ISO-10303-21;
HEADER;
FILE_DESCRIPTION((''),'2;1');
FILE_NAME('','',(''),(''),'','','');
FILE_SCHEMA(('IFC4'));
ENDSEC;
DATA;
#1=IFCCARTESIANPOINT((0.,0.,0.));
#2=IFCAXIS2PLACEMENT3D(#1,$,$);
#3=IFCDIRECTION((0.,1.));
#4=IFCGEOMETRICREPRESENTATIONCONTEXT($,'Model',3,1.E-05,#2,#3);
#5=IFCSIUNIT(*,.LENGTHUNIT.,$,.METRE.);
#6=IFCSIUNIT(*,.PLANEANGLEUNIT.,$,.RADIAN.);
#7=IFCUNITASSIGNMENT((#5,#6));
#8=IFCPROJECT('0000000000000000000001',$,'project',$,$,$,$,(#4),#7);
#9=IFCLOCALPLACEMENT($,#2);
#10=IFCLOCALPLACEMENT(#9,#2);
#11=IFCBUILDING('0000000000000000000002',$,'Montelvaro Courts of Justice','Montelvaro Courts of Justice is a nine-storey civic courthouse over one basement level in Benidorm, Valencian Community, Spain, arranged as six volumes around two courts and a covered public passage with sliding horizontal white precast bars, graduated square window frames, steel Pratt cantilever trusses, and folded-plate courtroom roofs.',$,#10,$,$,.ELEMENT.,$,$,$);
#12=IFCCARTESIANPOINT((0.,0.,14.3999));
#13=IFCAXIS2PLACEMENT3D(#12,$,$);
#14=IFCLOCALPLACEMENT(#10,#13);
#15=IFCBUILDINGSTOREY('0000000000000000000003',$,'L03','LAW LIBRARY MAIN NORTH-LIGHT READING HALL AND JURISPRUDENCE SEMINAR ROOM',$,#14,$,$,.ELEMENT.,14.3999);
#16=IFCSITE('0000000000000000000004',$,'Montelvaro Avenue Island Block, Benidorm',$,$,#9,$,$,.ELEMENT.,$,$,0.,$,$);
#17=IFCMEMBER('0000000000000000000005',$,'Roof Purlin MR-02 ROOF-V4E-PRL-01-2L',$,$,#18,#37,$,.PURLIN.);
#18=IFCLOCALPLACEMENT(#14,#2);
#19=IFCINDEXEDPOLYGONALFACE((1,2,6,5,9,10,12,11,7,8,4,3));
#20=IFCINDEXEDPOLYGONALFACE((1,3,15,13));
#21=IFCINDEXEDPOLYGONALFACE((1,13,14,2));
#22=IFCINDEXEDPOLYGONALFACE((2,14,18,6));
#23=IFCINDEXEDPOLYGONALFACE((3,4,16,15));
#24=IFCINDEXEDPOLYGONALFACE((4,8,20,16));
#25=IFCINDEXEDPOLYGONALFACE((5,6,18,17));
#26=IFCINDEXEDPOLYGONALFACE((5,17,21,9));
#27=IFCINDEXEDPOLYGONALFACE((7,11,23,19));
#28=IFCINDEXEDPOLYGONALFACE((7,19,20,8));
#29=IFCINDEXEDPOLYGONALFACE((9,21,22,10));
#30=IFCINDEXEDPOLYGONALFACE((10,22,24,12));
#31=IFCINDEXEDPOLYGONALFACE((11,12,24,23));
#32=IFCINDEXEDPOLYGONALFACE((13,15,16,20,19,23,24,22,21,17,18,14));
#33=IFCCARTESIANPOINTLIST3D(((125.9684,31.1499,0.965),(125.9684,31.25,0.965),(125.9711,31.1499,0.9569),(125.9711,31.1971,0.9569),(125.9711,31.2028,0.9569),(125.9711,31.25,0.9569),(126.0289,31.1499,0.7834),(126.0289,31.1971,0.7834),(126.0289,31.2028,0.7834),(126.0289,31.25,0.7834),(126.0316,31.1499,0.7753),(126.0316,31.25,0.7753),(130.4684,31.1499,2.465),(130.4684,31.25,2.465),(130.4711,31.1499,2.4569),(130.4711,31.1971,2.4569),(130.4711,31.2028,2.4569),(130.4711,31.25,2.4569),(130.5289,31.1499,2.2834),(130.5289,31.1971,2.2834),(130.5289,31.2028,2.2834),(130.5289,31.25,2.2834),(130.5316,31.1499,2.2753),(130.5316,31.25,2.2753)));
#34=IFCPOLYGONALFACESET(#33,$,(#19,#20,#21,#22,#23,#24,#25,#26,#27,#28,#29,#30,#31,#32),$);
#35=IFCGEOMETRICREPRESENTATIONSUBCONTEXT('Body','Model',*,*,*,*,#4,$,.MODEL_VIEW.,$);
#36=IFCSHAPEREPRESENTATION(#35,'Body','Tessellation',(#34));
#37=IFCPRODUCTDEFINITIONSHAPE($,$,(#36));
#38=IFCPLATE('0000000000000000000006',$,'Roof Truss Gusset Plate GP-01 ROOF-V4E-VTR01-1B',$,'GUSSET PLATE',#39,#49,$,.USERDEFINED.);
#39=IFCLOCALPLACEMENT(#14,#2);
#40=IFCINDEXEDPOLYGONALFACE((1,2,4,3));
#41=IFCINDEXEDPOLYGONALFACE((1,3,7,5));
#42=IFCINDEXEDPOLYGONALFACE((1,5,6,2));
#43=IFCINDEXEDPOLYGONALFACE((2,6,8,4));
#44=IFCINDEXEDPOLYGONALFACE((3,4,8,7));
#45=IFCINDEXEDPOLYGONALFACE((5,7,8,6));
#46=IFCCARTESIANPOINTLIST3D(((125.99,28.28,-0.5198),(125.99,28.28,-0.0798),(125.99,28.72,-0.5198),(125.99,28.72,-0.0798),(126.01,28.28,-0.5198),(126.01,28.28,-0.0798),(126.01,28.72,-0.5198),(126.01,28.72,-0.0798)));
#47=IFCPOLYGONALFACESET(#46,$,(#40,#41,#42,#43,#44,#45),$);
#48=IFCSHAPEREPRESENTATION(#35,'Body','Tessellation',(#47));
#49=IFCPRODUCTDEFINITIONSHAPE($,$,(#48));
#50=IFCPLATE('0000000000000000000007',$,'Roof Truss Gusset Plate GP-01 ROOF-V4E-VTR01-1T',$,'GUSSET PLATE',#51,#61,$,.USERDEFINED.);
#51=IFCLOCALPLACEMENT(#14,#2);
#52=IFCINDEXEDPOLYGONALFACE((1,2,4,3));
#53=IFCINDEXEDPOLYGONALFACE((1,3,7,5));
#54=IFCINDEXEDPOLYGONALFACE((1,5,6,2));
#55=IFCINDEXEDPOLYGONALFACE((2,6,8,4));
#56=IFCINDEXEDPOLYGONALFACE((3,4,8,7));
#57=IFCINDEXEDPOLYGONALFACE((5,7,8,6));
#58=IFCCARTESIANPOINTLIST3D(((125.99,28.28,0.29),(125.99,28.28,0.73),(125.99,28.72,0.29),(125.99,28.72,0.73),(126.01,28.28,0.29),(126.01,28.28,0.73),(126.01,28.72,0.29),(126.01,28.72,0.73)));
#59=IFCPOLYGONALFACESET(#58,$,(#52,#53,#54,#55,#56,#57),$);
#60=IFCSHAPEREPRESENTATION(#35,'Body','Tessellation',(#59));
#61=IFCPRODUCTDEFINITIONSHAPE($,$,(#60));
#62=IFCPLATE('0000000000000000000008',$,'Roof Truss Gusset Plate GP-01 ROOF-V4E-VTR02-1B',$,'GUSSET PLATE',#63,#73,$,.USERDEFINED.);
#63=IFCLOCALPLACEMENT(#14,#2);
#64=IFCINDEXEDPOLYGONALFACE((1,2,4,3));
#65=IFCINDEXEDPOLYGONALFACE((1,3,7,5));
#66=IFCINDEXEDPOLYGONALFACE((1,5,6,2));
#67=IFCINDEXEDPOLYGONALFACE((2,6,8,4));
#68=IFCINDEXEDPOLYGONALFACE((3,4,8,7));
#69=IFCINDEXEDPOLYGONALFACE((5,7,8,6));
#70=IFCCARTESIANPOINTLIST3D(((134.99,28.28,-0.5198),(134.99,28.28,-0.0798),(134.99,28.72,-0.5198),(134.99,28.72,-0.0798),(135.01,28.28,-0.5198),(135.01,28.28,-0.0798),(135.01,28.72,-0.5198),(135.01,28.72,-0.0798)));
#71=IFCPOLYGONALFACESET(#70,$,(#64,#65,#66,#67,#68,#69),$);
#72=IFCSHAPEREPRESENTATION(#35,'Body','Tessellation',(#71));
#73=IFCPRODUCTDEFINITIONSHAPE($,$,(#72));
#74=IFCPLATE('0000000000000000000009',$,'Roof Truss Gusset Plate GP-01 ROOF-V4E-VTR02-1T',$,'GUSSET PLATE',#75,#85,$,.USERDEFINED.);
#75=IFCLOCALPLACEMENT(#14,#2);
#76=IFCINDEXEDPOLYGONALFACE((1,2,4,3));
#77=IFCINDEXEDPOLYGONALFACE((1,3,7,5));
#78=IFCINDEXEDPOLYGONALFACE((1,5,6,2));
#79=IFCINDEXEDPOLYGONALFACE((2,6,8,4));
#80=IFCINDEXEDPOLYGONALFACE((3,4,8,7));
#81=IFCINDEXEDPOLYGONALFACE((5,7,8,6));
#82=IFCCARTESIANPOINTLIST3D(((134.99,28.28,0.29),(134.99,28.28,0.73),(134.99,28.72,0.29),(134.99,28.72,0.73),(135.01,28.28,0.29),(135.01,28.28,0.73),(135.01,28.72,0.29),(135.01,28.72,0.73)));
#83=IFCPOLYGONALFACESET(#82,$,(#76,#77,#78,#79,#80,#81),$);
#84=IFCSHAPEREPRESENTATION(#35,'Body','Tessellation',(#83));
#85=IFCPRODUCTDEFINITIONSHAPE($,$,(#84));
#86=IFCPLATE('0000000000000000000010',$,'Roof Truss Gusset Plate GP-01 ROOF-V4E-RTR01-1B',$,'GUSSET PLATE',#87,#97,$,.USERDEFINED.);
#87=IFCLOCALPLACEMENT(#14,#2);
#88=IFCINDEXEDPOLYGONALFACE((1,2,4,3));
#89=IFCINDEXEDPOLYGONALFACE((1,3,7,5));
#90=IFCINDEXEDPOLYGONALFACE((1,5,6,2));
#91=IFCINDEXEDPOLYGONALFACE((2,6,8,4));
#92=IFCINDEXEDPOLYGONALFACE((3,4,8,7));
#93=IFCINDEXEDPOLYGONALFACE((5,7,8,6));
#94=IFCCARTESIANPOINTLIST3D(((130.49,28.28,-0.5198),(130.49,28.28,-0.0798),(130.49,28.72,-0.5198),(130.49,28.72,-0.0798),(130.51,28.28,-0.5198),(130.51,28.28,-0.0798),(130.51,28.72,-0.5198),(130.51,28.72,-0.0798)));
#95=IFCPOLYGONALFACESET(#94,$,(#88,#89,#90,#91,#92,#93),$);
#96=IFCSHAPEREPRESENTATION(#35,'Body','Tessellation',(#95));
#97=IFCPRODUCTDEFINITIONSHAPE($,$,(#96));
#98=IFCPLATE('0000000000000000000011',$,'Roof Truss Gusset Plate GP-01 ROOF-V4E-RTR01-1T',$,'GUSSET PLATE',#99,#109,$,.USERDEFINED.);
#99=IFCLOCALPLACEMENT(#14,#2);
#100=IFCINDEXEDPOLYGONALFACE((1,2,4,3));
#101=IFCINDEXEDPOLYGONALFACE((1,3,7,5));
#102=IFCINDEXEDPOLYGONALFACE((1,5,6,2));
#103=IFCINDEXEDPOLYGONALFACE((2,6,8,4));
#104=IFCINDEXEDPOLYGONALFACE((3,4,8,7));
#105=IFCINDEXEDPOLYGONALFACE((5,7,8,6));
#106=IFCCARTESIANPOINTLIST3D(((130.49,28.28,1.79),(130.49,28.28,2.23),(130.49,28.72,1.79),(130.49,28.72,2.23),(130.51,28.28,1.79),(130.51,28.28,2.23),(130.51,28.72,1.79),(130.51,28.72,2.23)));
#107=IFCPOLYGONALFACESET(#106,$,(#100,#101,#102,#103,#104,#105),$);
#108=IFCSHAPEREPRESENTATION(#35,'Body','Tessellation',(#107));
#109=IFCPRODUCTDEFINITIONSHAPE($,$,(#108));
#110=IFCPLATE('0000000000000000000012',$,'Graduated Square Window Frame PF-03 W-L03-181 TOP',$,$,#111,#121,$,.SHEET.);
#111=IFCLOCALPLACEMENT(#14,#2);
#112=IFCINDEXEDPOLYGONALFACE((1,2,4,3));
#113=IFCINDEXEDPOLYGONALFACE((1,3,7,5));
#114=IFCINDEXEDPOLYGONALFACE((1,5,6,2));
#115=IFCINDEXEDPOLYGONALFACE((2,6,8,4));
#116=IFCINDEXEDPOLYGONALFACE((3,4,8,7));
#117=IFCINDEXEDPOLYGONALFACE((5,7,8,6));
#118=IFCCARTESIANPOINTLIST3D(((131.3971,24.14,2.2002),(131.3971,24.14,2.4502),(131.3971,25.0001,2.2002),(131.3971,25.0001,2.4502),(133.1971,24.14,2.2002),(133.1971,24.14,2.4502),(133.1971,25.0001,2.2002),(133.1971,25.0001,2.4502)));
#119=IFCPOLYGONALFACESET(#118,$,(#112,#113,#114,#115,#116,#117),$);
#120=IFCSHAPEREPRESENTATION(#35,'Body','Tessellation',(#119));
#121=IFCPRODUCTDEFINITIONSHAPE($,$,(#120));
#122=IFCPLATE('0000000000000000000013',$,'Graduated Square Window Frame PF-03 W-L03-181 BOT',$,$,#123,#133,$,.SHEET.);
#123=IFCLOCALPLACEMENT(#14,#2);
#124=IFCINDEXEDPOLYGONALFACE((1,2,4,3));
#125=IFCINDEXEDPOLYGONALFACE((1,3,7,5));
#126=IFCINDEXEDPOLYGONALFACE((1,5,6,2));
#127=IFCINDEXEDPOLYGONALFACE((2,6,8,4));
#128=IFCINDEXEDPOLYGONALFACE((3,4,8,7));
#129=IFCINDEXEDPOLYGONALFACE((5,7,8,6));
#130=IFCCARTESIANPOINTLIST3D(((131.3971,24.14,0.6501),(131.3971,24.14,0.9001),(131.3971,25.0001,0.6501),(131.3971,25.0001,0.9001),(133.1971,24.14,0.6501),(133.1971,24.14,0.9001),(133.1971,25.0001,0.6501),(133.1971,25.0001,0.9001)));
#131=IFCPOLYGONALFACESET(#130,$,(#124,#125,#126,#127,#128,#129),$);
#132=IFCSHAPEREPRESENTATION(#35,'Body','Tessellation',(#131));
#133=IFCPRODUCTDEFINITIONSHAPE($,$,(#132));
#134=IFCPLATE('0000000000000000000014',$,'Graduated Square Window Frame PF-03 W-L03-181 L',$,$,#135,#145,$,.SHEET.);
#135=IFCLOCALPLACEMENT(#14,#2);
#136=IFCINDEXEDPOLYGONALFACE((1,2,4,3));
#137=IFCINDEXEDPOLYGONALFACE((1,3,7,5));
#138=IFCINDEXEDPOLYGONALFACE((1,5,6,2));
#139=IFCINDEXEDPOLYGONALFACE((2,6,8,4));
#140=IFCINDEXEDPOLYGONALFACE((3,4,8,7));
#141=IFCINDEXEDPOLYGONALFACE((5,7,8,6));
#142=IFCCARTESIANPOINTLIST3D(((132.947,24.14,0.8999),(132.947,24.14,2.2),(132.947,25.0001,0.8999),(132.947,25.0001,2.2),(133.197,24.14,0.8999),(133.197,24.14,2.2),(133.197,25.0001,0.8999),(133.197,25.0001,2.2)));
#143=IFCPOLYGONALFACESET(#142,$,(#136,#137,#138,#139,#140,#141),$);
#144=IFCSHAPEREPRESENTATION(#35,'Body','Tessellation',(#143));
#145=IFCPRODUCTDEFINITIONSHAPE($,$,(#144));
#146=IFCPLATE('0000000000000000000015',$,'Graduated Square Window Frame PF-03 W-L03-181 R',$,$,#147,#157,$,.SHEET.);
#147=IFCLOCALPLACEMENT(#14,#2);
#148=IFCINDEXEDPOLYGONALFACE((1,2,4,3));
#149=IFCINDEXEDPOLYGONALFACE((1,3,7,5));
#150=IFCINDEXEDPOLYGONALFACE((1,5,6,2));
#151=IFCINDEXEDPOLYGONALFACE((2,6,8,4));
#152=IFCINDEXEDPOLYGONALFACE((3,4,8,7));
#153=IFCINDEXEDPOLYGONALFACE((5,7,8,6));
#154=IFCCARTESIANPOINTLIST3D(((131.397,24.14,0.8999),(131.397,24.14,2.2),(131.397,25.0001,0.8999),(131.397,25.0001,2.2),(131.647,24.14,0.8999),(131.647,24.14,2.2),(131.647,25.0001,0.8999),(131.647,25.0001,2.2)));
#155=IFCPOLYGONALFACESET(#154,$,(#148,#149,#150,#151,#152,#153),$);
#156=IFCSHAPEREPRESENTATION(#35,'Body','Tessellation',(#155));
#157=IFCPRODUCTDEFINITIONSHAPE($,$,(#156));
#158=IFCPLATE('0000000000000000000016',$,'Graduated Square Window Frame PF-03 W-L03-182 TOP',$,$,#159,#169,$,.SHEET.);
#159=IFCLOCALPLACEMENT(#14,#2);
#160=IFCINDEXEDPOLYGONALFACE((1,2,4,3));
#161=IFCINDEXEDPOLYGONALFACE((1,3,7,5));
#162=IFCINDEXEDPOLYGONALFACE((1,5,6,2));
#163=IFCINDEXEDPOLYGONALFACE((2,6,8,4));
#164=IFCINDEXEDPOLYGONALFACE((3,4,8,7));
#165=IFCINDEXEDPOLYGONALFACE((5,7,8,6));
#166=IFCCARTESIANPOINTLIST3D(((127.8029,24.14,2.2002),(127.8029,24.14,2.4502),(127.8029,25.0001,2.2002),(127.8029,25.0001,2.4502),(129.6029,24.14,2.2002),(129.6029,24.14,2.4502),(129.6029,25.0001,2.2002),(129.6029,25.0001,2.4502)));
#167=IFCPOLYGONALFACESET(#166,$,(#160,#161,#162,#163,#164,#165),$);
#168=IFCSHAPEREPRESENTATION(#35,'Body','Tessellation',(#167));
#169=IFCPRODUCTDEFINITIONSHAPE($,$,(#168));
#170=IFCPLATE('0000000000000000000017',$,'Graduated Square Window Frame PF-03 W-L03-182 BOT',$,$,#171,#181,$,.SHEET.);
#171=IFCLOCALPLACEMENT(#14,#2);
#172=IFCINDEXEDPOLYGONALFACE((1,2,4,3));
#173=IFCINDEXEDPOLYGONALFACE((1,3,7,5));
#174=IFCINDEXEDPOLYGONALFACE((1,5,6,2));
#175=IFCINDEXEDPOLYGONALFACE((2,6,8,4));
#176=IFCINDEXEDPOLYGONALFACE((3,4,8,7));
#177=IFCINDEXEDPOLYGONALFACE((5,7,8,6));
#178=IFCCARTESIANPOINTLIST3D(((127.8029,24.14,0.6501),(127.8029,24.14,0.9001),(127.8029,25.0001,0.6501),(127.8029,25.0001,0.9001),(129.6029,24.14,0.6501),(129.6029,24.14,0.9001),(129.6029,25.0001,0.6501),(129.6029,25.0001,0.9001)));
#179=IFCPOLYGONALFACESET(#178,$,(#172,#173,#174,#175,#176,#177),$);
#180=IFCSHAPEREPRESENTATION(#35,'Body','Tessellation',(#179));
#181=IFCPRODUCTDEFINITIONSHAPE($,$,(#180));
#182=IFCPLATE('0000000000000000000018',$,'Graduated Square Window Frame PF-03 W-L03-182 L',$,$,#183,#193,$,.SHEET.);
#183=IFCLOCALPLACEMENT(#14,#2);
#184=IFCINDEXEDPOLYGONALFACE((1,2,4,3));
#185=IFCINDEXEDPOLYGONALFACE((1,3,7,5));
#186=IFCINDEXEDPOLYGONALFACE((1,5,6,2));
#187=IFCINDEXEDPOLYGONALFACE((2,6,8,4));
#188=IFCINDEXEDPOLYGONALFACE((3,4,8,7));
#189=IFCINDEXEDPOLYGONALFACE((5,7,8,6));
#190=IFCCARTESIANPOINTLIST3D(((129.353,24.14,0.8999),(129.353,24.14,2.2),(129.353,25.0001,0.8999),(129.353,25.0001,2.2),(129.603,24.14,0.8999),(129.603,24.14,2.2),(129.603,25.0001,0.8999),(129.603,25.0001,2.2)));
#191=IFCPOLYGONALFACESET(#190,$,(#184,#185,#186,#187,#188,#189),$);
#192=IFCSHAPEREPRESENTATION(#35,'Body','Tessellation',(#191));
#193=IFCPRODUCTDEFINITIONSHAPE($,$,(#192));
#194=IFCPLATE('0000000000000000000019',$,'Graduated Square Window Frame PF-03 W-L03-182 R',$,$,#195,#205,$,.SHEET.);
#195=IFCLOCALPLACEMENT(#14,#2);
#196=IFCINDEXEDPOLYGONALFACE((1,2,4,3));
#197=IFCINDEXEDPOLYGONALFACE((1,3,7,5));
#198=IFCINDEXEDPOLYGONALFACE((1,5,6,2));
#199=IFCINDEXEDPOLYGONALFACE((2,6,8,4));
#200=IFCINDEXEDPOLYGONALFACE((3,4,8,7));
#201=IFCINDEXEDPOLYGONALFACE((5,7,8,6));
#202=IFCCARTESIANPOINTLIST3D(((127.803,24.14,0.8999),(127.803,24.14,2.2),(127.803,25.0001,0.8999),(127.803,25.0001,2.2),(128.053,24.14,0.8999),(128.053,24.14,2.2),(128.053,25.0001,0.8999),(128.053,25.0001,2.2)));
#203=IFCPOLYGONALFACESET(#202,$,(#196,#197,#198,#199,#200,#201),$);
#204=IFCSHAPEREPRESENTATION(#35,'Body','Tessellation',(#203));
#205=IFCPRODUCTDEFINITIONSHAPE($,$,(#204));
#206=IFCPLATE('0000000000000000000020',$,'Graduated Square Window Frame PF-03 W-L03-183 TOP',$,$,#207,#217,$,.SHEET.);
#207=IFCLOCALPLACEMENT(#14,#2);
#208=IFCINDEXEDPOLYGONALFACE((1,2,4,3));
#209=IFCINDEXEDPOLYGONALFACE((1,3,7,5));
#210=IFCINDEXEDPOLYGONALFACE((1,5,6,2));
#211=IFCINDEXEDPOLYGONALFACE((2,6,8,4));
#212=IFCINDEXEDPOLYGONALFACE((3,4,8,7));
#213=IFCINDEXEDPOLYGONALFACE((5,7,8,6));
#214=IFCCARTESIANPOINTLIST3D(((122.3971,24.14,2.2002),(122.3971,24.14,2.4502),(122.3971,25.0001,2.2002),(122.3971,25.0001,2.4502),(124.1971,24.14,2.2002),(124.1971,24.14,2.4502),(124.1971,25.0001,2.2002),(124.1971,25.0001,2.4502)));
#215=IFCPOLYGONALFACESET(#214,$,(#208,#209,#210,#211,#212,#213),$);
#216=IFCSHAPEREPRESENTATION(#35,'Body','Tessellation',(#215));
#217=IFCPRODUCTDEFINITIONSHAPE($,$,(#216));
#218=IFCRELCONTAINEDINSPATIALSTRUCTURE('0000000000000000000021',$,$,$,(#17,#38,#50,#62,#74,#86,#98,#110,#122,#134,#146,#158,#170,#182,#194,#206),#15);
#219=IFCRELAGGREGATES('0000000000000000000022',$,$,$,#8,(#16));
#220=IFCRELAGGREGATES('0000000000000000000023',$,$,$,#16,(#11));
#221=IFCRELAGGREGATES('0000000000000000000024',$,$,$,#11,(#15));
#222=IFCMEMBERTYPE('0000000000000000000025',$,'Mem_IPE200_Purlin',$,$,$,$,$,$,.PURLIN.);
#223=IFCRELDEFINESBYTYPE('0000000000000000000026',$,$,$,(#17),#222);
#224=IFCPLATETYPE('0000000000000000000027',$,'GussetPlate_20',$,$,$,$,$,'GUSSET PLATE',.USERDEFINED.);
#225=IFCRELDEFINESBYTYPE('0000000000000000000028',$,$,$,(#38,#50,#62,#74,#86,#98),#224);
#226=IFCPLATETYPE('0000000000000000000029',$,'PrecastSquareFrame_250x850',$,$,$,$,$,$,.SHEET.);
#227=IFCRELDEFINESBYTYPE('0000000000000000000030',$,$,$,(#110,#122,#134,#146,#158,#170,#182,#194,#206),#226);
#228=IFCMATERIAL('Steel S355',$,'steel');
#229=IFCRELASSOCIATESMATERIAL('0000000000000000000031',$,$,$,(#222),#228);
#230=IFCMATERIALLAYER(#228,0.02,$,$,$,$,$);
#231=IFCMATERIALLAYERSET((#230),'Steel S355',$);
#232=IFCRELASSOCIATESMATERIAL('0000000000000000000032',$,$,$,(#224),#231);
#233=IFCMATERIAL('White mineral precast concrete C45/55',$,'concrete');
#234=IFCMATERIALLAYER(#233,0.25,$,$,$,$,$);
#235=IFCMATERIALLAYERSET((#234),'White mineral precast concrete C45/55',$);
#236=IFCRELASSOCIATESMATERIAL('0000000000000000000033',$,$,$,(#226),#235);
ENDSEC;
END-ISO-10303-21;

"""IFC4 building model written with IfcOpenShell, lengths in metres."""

from ifc_helpers import new_model, si_unit, direction, frame, origin, origin_2d, place, context, subcontext, project, spatial, rectangle, i_section, extrude, material, layer, layer_set, material_profile, profile_set, type_object, element, save


model = new_model("IFC4")

# Units and contexts
model_context = context("Model", 3, precision=1e-05, world=origin(), true_north=direction((0.0, 1.0)))
body_context = subcontext(model_context, "Body", "Model", "MODEL_VIEW")
ifc_project = project(units=[si_unit("LENGTHUNIT", "METRE"), si_unit("PLANEANGLEUNIT", "RADIAN")], contexts=[model_context])

# Site, building, storey
site_placement = place(None, origin())
site = spatial("IfcSite", under=ifc_project, at=site_placement, Name="Montelvaro Avenue Island Block, Benidorm", CompositionType="ELEMENT", RefElevation=0.0)
building_placement = place(site_placement, origin())
building = spatial("IfcBuilding", under=site, at=building_placement, Name="Montelvaro Courts of Justice", Description="Montelvaro Courts of Justice is a nine-storey civic courthouse over one basement level in Benidorm, Valencian Community, Spain, arranged as six volumes around two courts and a covered public passage with sliding horizontal white precast bars, graduated square window frames, steel Pratt cantilever trusses, and folded-plate courtroom roofs.", CompositionType="ELEMENT")
storey_placement = place(building_placement, frame((0.0, 0.0, 14.3999)))
storey = spatial("IfcBuildingStorey", under=building, at=storey_placement, Name="L03", Description="LAW LIBRARY MAIN NORTH-LIGHT READING HALL AND JURISPRUDENCE SEMINAR ROOM", CompositionType="ELEMENT", Elevation=14.3999)

# Member
ifc_material_1 = material(Name="Steel S355", Category="steel")
ifc_material_profile_1 = material_profile(ifc_material_1, i_section(OverallWidth=0.1001, OverallDepth=0.2, WebThickness=0.0056, FlangeThickness=0.0085, at=origin_2d()), Name="IPE 200")
ifc_profile_set_1 = profile_set([ifc_material_profile_1], Name="Steel S355")
member_type_1 = type_object("IfcMemberType", Name="Mem_IPE200_Purlin", PredefinedType="PURLIN", material=ifc_profile_set_1)
member_1_placement = place(storey_placement, frame((126.0, 31.2, 0.8701), z_axis=(0.948683, 0.0, 0.316228), x_axis=(0.0, 1.0, 0.0)))
element("IfcMember", 1, at=member_1_placement, inside=storey, type_object=member_type_1, Name="Roof Purlin MR-02 ROOF-V4E-PRL-01-2L", PredefinedType="PURLIN", context=body_context, shape_type="SweptSolid", body=[
    extrude(i_section(OverallWidth=0.1001, OverallDepth=0.2, WebThickness=0.0056, FlangeThickness=0.0085, at=origin_2d()), origin(), (0.0, 0.0, 1.0), 4.7434),
])

# Plates
ifc_layer_1 = layer(ifc_material_1, 0.02)
ifc_layer_set_1 = layer_set([ifc_layer_1], Name="Steel S355")
plate_type_1 = type_object("IfcPlateType", Name="GussetPlate_20", ElementType="GUSSET PLATE", PredefinedType="USERDEFINED", material=ifc_layer_set_1)
for number, where, z_axis, x_axis, name in (
    (2, (126.0, 28.5, -0.5198), (0.0, 0.0, 1.0), (1.0, 0.0, 0.0), "Roof Truss Gusset Plate GP-01 ROOF-V4E-VTR01-1B"),
    (3, (126.0, 28.5, 0.29), (0.0, 0.0, 1.0), (1.0, 0.0, 0.0), "Roof Truss Gusset Plate GP-01 ROOF-V4E-VTR01-1T"),
    (4, (135.0, 28.5, -0.5198), (0.0, 0.0, 1.0), (1.0, 0.0, 0.0), "Roof Truss Gusset Plate GP-01 ROOF-V4E-VTR02-1B"),
    (5, (135.0, 28.5, 0.29), (0.0, 0.0, 1.0), (1.0, 0.0, 0.0), "Roof Truss Gusset Plate GP-01 ROOF-V4E-VTR02-1T"),
    (6, (130.5, 28.5, -0.5198), (0.0, 0.0, 1.0), (1.0, 0.0, 0.0), "Roof Truss Gusset Plate GP-01 ROOF-V4E-RTR01-1B"),
    (7, (130.5, 28.5, 1.79), (0.0, 0.0, 1.0), (1.0, 0.0, 0.0), "Roof Truss Gusset Plate GP-01 ROOF-V4E-RTR01-1T"),
):
    element("IfcPlate", number, at=place(storey_placement, frame(where, z_axis=z_axis, x_axis=x_axis)), inside=storey, type_object=plate_type_1, Name=name, ObjectType="GUSSET PLATE", PredefinedType="USERDEFINED", context=body_context, shape_type="SweptSolid", body=[
        extrude(rectangle(XDim=0.02, YDim=0.4399, at=origin_2d()), origin(), (0.0, 0.0, 1.0), 0.4399),
    ])
ifc_material_2 = material(Name="White mineral precast concrete C45/55", Category="concrete")
ifc_layer_2 = layer(ifc_material_2, 0.25)
ifc_layer_set_2 = layer_set([ifc_layer_2], Name="White mineral precast concrete C45/55")
plate_type_2 = type_object("IfcPlateType", Name="PrecastSquareFrame_250x850", PredefinedType="SHEET", material=ifc_layer_set_2)
for number, where, z_axis, x_axis, name in (
    (8, (132.2971, 24.5701, 2.2002), (0.0, 0.0, 1.0), (-1.0, 0.0, 0.0), "Graduated Square Window Frame PF-03 W-L03-181 TOP"),
    (9, (132.2971, 24.5701, 0.6501), (0.0, 0.0, 1.0), (-1.0, 0.0, 0.0), "Graduated Square Window Frame PF-03 W-L03-181 BOT"),
):
    element("IfcPlate", number, at=place(storey_placement, frame(where, z_axis=z_axis, x_axis=x_axis)), inside=storey, type_object=plate_type_2, Name=name, PredefinedType="SHEET", context=body_context, shape_type="SweptSolid", body=[
        extrude(rectangle(XDim=1.8, YDim=0.8601, at=origin_2d()), origin(), (0.0, 0.0, 1.0), 0.25),
    ])
for number, where, z_axis, x_axis, name in (
    (10, (133.072, 24.5701, 0.8999), (0.0, 0.0, 1.0), (-1.0, 0.0, 0.0), "Graduated Square Window Frame PF-03 W-L03-181 L"),
    (11, (131.522, 24.5701, 0.8999), (0.0, 0.0, 1.0), (-1.0, 0.0, 0.0), "Graduated Square Window Frame PF-03 W-L03-181 R"),
):
    element("IfcPlate", number, at=place(storey_placement, frame(where, z_axis=z_axis, x_axis=x_axis)), inside=storey, type_object=plate_type_2, Name=name, PredefinedType="SHEET", context=body_context, shape_type="SweptSolid", body=[
        extrude(rectangle(XDim=0.25, YDim=0.8601, at=origin_2d()), origin(), (0.0, 0.0, 1.0), 1.3),
    ])
for number, where, z_axis, x_axis, name in (
    (12, (128.7029, 24.5701, 2.2002), (0.0, 0.0, 1.0), (-1.0, 0.0, 0.0), "Graduated Square Window Frame PF-03 W-L03-182 TOP"),
    (13, (128.7029, 24.5701, 0.6501), (0.0, 0.0, 1.0), (-1.0, 0.0, 0.0), "Graduated Square Window Frame PF-03 W-L03-182 BOT"),
):
    element("IfcPlate", number, at=place(storey_placement, frame(where, z_axis=z_axis, x_axis=x_axis)), inside=storey, type_object=plate_type_2, Name=name, PredefinedType="SHEET", context=body_context, shape_type="SweptSolid", body=[
        extrude(rectangle(XDim=1.8, YDim=0.8601, at=origin_2d()), origin(), (0.0, 0.0, 1.0), 0.25),
    ])
for number, where, z_axis, x_axis, name in (
    (14, (129.478, 24.5701, 0.8999), (0.0, 0.0, 1.0), (-1.0, 0.0, 0.0), "Graduated Square Window Frame PF-03 W-L03-182 L"),
    (15, (127.928, 24.5701, 0.8999), (0.0, 0.0, 1.0), (-1.0, 0.0, 0.0), "Graduated Square Window Frame PF-03 W-L03-182 R"),
):
    element("IfcPlate", number, at=place(storey_placement, frame(where, z_axis=z_axis, x_axis=x_axis)), inside=storey, type_object=plate_type_2, Name=name, PredefinedType="SHEET", context=body_context, shape_type="SweptSolid", body=[
        extrude(rectangle(XDim=0.25, YDim=0.8601, at=origin_2d()), origin(), (0.0, 0.0, 1.0), 1.3),
    ])
for number, where, z_axis, x_axis, name in (
    (16, (123.2971, 24.5701, 2.2002), (0.0, 0.0, 1.0), (-1.0, 0.0, 0.0), "Graduated Square Window Frame PF-03 W-L03-183 TOP"),
):
    element("IfcPlate", number, at=place(storey_placement, frame(where, z_axis=z_axis, x_axis=x_axis)), inside=storey, type_object=plate_type_2, Name=name, PredefinedType="SHEET", context=body_context, shape_type="SweptSolid", body=[
        extrude(rectangle(XDim=1.8, YDim=0.8601, at=origin_2d()), origin(), (0.0, 0.0, 1.0), 0.25),
    ])

save(model, "model.ifc")
